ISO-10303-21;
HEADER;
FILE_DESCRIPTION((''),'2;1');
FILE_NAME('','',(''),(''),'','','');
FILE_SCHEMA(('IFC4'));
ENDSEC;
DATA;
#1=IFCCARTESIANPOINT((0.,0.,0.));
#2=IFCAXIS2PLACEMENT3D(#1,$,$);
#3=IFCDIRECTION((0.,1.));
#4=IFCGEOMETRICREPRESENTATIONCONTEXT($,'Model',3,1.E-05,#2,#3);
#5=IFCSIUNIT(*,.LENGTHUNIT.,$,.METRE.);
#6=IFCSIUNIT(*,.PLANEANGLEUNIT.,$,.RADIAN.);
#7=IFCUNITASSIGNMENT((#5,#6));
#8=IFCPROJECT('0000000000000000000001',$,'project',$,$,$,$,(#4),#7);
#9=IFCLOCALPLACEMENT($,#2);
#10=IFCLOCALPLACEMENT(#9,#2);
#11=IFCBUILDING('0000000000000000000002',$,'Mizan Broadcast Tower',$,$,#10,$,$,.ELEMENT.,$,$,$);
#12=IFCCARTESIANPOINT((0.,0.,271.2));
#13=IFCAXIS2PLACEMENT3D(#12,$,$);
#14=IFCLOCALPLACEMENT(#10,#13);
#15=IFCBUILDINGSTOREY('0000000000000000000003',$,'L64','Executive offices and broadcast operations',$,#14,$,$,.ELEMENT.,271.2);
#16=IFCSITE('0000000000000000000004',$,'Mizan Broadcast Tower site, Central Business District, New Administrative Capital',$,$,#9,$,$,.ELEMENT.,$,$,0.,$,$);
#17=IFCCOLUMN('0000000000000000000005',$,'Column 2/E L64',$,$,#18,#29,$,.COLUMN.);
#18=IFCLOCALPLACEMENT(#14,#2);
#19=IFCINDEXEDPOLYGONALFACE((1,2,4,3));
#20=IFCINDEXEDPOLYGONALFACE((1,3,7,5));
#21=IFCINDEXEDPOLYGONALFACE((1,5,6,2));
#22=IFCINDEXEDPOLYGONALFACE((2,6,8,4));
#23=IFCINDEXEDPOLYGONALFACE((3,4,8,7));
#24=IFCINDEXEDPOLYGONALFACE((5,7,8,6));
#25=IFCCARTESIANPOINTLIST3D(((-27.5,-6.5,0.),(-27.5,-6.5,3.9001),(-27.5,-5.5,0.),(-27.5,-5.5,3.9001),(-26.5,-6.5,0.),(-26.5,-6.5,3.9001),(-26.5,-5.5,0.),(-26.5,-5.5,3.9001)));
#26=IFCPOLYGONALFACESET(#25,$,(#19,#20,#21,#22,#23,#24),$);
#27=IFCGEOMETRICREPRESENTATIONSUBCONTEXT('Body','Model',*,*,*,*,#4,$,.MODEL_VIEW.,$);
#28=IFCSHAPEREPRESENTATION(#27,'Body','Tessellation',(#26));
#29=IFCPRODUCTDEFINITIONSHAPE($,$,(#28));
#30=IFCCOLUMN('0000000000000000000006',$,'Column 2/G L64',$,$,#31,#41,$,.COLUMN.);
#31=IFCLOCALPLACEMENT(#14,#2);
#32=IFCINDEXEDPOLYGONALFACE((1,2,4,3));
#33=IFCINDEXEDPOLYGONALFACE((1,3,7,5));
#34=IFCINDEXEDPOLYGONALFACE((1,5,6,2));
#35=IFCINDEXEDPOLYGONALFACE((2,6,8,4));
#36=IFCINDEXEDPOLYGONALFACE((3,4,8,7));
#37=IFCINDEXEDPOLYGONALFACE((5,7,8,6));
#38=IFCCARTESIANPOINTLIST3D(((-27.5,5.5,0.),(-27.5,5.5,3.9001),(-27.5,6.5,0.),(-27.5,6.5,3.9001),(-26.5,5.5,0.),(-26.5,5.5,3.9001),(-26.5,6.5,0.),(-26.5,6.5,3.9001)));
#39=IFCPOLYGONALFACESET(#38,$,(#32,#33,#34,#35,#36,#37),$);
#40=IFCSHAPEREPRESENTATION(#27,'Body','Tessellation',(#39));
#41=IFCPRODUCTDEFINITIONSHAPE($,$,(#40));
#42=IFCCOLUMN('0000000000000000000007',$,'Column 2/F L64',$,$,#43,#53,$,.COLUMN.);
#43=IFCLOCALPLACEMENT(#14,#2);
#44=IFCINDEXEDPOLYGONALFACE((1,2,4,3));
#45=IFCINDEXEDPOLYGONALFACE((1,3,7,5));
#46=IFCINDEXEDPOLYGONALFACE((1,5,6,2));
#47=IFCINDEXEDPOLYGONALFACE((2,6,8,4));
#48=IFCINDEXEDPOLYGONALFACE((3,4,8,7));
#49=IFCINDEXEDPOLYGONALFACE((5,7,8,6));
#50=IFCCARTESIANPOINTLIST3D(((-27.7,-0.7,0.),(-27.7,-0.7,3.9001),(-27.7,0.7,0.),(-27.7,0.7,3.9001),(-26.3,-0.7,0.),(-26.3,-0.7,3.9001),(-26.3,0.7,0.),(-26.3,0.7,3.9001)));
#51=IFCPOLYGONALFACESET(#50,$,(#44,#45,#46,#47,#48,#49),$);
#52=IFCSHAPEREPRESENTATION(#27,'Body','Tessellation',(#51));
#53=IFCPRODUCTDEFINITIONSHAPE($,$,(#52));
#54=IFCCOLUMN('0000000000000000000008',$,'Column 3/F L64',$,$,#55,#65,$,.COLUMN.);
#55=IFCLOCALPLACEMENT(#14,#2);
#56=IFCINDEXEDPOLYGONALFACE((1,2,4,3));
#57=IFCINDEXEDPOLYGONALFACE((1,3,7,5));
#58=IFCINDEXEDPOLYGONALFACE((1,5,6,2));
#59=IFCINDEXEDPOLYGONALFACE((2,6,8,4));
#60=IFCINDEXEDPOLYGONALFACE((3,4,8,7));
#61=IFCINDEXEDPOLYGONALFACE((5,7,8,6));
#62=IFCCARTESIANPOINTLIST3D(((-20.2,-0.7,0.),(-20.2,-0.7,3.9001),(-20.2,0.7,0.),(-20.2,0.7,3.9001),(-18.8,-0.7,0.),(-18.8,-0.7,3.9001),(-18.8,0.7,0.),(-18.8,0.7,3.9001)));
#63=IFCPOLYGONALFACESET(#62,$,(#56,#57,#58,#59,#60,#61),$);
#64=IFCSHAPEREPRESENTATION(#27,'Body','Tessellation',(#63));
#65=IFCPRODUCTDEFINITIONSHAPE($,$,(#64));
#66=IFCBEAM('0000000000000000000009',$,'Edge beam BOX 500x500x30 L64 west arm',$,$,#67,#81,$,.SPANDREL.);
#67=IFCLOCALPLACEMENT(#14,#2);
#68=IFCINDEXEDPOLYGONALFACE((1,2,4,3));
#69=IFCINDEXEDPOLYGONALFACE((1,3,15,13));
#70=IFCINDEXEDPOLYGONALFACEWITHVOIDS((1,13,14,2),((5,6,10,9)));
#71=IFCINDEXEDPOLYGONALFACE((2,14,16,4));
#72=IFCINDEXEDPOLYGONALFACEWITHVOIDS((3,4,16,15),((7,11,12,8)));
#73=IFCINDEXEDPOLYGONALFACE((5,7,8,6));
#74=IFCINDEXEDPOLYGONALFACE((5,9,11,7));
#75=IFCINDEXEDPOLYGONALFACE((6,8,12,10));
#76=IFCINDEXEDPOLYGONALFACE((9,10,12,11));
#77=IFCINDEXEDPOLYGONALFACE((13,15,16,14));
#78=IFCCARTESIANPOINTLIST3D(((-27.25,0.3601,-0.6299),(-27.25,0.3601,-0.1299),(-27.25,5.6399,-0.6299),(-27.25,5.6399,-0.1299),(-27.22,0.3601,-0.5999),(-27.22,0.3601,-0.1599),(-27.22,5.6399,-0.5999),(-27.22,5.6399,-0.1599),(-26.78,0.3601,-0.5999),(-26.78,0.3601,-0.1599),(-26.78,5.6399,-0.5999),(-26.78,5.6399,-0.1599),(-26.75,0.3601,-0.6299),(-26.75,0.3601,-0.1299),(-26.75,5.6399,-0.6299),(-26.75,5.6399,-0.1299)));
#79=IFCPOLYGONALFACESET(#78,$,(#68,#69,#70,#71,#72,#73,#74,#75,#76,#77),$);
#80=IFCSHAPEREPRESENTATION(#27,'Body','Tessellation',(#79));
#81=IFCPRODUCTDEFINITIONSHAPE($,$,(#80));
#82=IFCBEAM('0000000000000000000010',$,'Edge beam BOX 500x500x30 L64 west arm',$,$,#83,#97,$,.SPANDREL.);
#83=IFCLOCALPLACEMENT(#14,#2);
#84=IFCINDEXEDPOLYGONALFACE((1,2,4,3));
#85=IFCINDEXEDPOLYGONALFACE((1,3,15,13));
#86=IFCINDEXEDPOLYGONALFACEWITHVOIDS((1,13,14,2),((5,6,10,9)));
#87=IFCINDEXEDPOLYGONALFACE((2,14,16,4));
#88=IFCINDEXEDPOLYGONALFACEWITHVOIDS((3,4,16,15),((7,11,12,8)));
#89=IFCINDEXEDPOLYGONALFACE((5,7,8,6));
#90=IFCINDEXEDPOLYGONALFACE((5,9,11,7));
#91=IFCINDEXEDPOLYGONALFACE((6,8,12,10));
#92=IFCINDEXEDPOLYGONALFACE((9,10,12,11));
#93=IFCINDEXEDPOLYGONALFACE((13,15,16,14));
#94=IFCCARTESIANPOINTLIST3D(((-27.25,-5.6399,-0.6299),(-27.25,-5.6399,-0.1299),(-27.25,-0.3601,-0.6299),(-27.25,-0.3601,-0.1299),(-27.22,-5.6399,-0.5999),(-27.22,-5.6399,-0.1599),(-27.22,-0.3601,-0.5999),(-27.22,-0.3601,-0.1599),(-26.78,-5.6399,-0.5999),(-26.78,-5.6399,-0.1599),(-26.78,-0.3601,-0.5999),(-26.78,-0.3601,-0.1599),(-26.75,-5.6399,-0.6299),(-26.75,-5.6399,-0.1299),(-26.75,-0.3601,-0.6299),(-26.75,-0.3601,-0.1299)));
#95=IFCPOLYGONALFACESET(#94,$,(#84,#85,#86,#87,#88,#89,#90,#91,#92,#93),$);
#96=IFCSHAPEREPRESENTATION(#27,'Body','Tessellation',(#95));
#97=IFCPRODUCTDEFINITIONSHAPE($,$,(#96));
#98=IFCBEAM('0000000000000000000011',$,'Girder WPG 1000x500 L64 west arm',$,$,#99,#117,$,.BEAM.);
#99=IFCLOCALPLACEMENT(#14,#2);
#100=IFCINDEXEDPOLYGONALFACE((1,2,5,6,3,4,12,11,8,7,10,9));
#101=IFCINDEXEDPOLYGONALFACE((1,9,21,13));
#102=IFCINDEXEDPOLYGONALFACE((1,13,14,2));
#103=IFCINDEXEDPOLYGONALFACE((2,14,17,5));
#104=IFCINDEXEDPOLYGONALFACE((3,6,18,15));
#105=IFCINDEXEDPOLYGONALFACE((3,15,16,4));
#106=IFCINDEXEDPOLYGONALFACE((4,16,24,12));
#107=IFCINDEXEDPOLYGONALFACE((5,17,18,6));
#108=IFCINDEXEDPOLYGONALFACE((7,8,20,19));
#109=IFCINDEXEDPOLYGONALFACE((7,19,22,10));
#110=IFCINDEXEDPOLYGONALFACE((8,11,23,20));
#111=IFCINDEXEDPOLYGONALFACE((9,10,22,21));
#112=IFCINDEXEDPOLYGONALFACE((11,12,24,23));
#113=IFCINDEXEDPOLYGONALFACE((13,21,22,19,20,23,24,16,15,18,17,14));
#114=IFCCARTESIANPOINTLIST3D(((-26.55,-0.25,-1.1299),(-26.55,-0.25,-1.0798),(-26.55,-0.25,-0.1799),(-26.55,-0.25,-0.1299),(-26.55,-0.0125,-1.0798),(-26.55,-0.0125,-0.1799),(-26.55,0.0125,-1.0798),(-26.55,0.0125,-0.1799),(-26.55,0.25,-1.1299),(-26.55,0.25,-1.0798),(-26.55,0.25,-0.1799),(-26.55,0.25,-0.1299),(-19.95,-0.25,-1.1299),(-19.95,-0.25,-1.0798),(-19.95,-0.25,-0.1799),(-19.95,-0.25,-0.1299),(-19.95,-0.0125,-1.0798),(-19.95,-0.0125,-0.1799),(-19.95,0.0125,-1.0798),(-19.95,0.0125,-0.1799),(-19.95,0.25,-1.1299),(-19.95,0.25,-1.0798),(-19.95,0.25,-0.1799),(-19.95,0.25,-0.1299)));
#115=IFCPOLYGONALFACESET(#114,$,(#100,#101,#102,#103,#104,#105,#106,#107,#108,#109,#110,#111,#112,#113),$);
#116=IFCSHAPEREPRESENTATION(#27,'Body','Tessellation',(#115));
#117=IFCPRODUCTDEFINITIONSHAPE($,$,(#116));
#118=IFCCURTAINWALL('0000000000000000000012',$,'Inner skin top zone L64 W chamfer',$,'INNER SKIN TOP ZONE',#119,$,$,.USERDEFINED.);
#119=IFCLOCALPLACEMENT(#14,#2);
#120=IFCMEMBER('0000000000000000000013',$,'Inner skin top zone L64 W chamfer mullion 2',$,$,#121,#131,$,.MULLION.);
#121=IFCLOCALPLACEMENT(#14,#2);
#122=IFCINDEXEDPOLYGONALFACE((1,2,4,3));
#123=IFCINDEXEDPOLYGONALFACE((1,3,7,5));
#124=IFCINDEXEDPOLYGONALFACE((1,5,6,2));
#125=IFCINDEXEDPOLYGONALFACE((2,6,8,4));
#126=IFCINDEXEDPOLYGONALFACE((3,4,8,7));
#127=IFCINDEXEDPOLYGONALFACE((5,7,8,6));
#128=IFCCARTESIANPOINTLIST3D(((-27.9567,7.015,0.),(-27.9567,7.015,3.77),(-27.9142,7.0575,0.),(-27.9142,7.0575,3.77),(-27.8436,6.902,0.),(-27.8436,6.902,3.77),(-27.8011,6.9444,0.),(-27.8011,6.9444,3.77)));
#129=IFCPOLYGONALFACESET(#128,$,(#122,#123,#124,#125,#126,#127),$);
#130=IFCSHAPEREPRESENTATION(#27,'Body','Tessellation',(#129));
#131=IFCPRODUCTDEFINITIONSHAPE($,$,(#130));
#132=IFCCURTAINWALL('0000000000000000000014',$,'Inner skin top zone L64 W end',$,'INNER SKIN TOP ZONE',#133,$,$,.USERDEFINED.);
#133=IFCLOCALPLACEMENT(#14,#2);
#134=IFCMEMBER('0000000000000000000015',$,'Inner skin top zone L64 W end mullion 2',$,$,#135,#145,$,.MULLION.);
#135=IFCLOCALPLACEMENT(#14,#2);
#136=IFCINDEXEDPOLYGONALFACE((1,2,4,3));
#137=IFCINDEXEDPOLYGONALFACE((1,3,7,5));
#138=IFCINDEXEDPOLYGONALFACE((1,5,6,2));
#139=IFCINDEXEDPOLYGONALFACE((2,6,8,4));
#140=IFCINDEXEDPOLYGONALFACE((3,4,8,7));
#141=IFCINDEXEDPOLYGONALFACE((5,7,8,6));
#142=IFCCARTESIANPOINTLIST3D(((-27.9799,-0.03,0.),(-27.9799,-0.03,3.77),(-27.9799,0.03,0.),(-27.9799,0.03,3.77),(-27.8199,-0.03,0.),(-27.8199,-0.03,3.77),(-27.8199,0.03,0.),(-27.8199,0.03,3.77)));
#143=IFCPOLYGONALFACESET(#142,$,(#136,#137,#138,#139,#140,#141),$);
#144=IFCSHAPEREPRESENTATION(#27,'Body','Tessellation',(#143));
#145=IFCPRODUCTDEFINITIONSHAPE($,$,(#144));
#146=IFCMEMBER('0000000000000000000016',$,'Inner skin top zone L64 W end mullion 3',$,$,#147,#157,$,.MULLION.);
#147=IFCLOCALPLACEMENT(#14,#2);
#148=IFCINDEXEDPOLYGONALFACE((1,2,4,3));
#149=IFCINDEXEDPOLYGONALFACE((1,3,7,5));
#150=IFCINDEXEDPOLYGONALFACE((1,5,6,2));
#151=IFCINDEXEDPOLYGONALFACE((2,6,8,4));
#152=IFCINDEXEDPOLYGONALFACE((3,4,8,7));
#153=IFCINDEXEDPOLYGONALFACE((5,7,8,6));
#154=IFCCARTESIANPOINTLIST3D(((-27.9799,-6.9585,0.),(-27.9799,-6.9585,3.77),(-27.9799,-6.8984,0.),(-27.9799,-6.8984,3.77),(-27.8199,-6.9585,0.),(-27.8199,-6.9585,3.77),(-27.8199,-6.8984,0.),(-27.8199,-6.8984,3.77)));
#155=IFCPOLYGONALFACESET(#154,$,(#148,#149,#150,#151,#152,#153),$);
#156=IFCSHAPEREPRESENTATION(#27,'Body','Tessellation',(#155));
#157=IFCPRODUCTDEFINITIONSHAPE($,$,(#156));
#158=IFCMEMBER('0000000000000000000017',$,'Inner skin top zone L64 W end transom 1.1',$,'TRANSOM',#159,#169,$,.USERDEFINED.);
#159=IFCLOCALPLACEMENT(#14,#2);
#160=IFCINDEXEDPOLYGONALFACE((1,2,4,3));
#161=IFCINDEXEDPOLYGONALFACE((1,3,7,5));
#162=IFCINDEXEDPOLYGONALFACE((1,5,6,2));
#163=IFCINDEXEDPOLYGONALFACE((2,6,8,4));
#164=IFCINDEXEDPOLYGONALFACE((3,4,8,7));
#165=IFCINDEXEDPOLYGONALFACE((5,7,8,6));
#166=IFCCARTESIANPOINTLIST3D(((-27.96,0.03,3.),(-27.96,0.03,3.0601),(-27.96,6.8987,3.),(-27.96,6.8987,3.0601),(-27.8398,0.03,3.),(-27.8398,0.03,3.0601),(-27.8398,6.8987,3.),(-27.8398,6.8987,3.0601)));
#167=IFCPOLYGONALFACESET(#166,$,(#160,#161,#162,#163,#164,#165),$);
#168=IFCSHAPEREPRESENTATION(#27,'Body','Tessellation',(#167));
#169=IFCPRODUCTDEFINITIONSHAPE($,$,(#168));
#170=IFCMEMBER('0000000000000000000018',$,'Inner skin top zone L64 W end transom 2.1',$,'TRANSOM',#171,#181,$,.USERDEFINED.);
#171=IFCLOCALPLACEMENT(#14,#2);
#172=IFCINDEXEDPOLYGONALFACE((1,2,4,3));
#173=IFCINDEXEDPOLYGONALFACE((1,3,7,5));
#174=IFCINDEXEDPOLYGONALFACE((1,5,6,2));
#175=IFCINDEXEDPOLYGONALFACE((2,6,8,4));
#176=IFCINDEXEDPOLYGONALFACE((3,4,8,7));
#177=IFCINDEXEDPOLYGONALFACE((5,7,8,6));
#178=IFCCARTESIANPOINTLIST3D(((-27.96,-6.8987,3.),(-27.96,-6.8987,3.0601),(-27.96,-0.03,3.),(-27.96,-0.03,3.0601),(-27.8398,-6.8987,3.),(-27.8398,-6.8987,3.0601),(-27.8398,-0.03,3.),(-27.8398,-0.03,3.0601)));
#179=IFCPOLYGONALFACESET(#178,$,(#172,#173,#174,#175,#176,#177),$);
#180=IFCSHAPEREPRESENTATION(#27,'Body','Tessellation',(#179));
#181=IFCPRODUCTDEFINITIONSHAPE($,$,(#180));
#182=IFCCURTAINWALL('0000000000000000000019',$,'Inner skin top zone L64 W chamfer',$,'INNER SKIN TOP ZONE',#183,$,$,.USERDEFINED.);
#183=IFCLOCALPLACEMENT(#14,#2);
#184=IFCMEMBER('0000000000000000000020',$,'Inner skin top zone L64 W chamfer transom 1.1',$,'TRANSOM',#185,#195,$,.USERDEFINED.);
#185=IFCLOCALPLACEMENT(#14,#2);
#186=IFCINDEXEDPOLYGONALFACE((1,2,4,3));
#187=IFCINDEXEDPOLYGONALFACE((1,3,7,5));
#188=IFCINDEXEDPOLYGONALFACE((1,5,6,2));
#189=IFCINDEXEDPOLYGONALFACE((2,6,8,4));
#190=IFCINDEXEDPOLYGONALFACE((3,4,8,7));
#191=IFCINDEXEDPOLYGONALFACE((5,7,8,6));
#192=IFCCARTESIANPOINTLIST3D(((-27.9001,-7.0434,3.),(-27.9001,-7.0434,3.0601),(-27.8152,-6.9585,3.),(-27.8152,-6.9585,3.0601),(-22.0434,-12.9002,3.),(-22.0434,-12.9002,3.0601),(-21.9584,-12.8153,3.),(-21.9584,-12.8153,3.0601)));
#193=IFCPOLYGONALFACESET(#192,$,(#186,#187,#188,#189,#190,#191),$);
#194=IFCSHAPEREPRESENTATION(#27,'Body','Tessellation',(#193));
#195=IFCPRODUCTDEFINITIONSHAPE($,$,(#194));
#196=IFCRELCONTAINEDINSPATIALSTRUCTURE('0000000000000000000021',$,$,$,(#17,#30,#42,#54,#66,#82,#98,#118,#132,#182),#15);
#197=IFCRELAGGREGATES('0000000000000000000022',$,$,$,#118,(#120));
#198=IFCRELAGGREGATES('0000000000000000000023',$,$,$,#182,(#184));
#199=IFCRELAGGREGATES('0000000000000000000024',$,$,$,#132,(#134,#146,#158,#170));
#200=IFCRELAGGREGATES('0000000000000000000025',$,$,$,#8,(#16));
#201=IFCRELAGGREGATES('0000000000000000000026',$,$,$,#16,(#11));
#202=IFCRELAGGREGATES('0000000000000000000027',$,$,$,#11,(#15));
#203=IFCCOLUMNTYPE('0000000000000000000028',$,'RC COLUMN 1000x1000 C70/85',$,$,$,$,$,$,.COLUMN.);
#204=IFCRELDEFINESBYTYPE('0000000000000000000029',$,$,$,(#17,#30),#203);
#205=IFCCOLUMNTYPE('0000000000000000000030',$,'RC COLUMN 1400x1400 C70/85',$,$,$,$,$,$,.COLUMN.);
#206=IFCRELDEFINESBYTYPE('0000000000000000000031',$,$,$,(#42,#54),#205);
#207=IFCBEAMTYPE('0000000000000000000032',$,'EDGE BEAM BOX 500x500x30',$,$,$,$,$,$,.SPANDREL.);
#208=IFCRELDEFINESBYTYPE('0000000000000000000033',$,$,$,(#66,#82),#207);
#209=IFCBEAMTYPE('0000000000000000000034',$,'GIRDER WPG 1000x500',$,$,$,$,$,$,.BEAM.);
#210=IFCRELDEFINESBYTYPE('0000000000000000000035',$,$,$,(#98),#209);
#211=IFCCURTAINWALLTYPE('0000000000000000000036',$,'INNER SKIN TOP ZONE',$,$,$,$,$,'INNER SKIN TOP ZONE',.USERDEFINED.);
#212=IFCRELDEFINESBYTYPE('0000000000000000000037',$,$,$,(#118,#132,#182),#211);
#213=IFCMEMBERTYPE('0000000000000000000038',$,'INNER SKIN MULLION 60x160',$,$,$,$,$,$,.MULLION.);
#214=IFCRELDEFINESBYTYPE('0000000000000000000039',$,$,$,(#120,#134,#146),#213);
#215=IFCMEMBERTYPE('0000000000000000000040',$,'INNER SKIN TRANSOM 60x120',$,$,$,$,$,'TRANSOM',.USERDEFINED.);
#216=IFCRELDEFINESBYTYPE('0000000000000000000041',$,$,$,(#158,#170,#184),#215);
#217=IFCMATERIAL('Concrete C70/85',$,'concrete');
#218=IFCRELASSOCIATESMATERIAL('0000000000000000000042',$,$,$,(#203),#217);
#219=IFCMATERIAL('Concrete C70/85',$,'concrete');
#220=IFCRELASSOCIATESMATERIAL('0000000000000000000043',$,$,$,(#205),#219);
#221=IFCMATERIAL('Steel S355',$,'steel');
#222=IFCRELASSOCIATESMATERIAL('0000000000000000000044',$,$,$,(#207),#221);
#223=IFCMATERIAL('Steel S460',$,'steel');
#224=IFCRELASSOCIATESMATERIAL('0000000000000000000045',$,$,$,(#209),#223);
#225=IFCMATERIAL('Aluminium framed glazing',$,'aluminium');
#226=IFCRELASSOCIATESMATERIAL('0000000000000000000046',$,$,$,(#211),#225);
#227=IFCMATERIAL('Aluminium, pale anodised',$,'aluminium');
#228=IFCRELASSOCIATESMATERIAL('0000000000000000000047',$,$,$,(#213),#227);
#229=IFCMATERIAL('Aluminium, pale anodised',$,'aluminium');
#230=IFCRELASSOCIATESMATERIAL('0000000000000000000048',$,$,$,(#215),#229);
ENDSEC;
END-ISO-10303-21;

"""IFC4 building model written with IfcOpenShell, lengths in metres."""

from ifc_helpers import new_model, si_unit, direction, frame, origin, origin_2d, place, context, subcontext, project, spatial, rectangle, hollow_rectangle, i_section, extrude, material, material_profile, profile_set, type_object, element, aggregate, save


model = new_model("IFC4")

# Units and contexts
model_context = context("Model", 3, precision=1e-05, world=origin(), true_north=direction((0.0, 1.0)))
body_context = subcontext(model_context, "Body", "Model", "MODEL_VIEW")
ifc_project = project(units=[si_unit("LENGTHUNIT", "METRE"), si_unit("PLANEANGLEUNIT", "RADIAN")], contexts=[model_context])

# Site, building, storey
site_placement = place(None, origin())
site = spatial("IfcSite", under=ifc_project, at=site_placement, Name="Mizan Broadcast Tower site, Central Business District, New Administrative Capital", CompositionType="ELEMENT", RefElevation=0.0)
building_placement = place(site_placement, origin())
building = spatial("IfcBuilding", under=site, at=building_placement, Name="Mizan Broadcast Tower", CompositionType="ELEMENT")
storey_placement = place(building_placement, frame((0.0, 0.0, 271.2)))
storey = spatial("IfcBuildingStorey", under=building, at=storey_placement, Name="L64", Description="Executive offices and broadcast operations", CompositionType="ELEMENT", Elevation=271.2)

# Columns
ifc_material_1 = material(Name="Concrete C70/85", Category="concrete")
ifc_material_profile_1 = material_profile(ifc_material_1, rectangle(XDim=1.0, YDim=1.0, at=origin_2d()), Name="RC 1000x1000")
ifc_profile_set_1 = profile_set([ifc_material_profile_1], Name="Concrete C70/85")
column_type_1 = type_object("IfcColumnType", Name="RC COLUMN 1000x1000 C70/85", PredefinedType="COLUMN", material=ifc_profile_set_1)
for number, where, z_axis, x_axis, name in (
    (1, (-27.0, -6.0, 0.0), (0.0, 0.0, 1.0), (1.0, 0.0, 0.0), "Column 2/E L64"),
    (2, (-27.0, 6.0, 0.0), (0.0, 0.0, 1.0), (1.0, 0.0, 0.0), "Column 2/G L64"),
):
    element("IfcColumn", number, at=place(storey_placement, frame(where, z_axis=z_axis, x_axis=x_axis)), inside=storey, type_object=column_type_1, Name=name, PredefinedType="COLUMN", context=body_context, shape_type="SweptSolid", body=[
        extrude(rectangle(XDim=1.0, YDim=1.0, at=origin_2d()), origin(), (0.0, 0.0, 1.0), 3.9001),
    ])
ifc_material_2 = material(Name="Concrete C70/85", Category="concrete")
ifc_material_profile_2 = material_profile(ifc_material_2, rectangle(XDim=1.3999, YDim=1.3999, at=origin_2d()), Name="RC 1400x1400")
ifc_profile_set_2 = profile_set([ifc_material_profile_2], Name="Concrete C70/85")
column_type_2 = type_object("IfcColumnType", Name="RC COLUMN 1400x1400 C70/85", PredefinedType="COLUMN", material=ifc_profile_set_2)
for number, where, z_axis, x_axis, name in (
    (3, (-27.0, 0.0, 0.0), (0.0, 0.0, 1.0), (1.0, 0.0, 0.0), "Column 2/F L64"),
    (4, (-19.5, 0.0, 0.0), (0.0, 0.0, 1.0), (1.0, 0.0, 0.0), "Column 3/F L64"),
):
    element("IfcColumn", number, at=place(storey_placement, frame(where, z_axis=z_axis, x_axis=x_axis)), inside=storey, type_object=column_type_2, Name=name, PredefinedType="COLUMN", context=body_context, shape_type="SweptSolid", body=[
        extrude(rectangle(XDim=1.3999, YDim=1.3999, at=origin_2d()), origin(), (0.0, 0.0, 1.0), 3.9001),
    ])

# Beams
ifc_material_3 = material(Name="Steel S355", Category="steel")
ifc_material_profile_3 = material_profile(ifc_material_3, hollow_rectangle(XDim=0.5, YDim=0.5, WallThickness=0.03, at=origin_2d()), Name="BOX 500x500x30")
ifc_profile_set_3 = profile_set([ifc_material_profile_3], Name="Steel S355")
beam_type_1 = type_object("IfcBeamType", Name="EDGE BEAM BOX 500x500x30", PredefinedType="SPANDREL", material=ifc_profile_set_3)
for number, where, z_axis, x_axis, name in (
    (5, (-27.0, 5.6399, -0.3799), (0.0, -1.0, 0.0), (1.0, 0.0, 0.0), "Edge beam BOX 500x500x30 L64 west arm"),
    (6, (-27.0, -5.6399, -0.3799), (0.0, 1.0, 0.0), (-1.0, 0.0, 0.0), "Edge beam BOX 500x500x30 L64 west arm"),
):
    element("IfcBeam", number, at=place(storey_placement, frame(where, z_axis=z_axis, x_axis=x_axis)), inside=storey, type_object=beam_type_1, Name=name, PredefinedType="SPANDREL", context=body_context, shape_type="SweptSolid", body=[
        extrude(hollow_rectangle(XDim=0.5, YDim=0.5, WallThickness=0.03, at=origin_2d()), origin(), (0.0, 0.0, 1.0), 5.2798),
    ])
ifc_material_4 = material(Name="Steel S460", Category="steel")
ifc_material_profile_4 = material_profile(ifc_material_4, i_section(OverallWidth=0.5, OverallDepth=1.0, WebThickness=0.0249, FlangeThickness=0.05, at=origin_2d()), Name="WPG 1000x500")
ifc_profile_set_4 = profile_set([ifc_material_profile_4], Name="Steel S460")
beam_type_2 = type_object("IfcBeamType", Name="GIRDER WPG 1000x500", PredefinedType="BEAM", material=ifc_profile_set_4)
beam_placement = place(storey_placement, frame((-19.95, 0.0, -0.6299), z_axis=(-1.0, 0.0, 0.0), x_axis=(0.0, -1.0, 0.0)))
element("IfcBeam", 7, at=beam_placement, inside=storey, type_object=beam_type_2, Name="Girder WPG 1000x500 L64 west arm", PredefinedType="BEAM", context=body_context, shape_type="SweptSolid", body=[
    extrude(i_section(OverallWidth=0.5, OverallDepth=1.0, WebThickness=0.0249, FlangeThickness=0.05, at=origin_2d()), origin(), (0.0, 0.0, 1.0), 6.6001),
])

# Curtain wall, member
ifc_material_5 = material(Name="Aluminium framed glazing", Category="aluminium")
curtain_wall_type_1 = type_object("IfcCurtainWallType", Name="INNER SKIN TOP ZONE", ElementType="INNER SKIN TOP ZONE", PredefinedType="USERDEFINED", material=ifc_material_5)
curtain_wall_1_placement = place(storey_placement, origin())
curtain_wall_1 = element("IfcCurtainWall", 8, at=curtain_wall_1_placement, inside=storey, type_object=curtain_wall_type_1, Name="Inner skin top zone L64 W chamfer", ObjectType="INNER SKIN TOP ZONE", PredefinedType="USERDEFINED")
ifc_material_6 = material(Name="Aluminium, pale anodised", Category="aluminium")
ifc_material_profile_5 = material_profile(ifc_material_6, rectangle(XDim=0.1599, YDim=0.0601, at=origin_2d()), Name="MULLION 160x60")
ifc_profile_set_5 = profile_set([ifc_material_profile_5], Name="Aluminium, pale anodised")
member_type_1 = type_object("IfcMemberType", Name="INNER SKIN MULLION 60x160", PredefinedType="MULLION", material=ifc_profile_set_5)
member_1_placement = place(storey_placement, frame((-27.8789, 6.9797, 0.0), z_axis=(0.0, 0.0, 1.0), x_axis=(0.707107, -0.707107, 0.0)))
member_1 = element("IfcMember", 9, at=member_1_placement, type_object=member_type_1, Name="Inner skin top zone L64 W chamfer mullion 2", PredefinedType="MULLION", context=body_context, shape_type="SweptSolid", body=[
    extrude(rectangle(XDim=0.1599, YDim=0.0601, at=origin_2d()), origin(), (0.0, 0.0, 1.0), 3.77),
])
aggregate(curtain_wall_1, [member_1])

# Curtain wall, members
curtain_wall_2_placement = place(storey_placement, origin())
curtain_wall_2 = element("IfcCurtainWall", 10, at=curtain_wall_2_placement, inside=storey, type_object=curtain_wall_type_1, Name="Inner skin top zone L64 W end", ObjectType="INNER SKIN TOP ZONE", PredefinedType="USERDEFINED")
member_2_placement = place(storey_placement, frame((-27.8999, 0.0, 0.0), z_axis=(0.0, 0.0, 1.0), x_axis=(1.0, 0.0, 0.0)))
member_2 = element("IfcMember", 11, at=member_2_placement, type_object=member_type_1, Name="Inner skin top zone L64 W end mullion 2", PredefinedType="MULLION", context=body_context, shape_type="SweptSolid", body=[
    extrude(rectangle(XDim=0.1599, YDim=0.0601, at=origin_2d()), origin(), (0.0, 0.0, 1.0), 3.77),
])
member_3_placement = place(storey_placement, frame((-27.8999, -6.9285, 0.0), z_axis=(0.0, 0.0, 1.0), x_axis=(1.0, 0.0, 0.0)))
member_3 = element("IfcMember", 12, at=member_3_placement, type_object=member_type_1, Name="Inner skin top zone L64 W end mullion 3", PredefinedType="MULLION", context=body_context, shape_type="SweptSolid", body=[
    extrude(rectangle(XDim=0.1599, YDim=0.0601, at=origin_2d()), origin(), (0.0, 0.0, 1.0), 3.77),
])
ifc_material_7 = material(Name="Aluminium, pale anodised", Category="aluminium")
ifc_material_profile_6 = material_profile(ifc_material_7, rectangle(XDim=0.1201, YDim=0.0601, at=origin_2d()), Name="TRANSOM 120x60")
ifc_profile_set_6 = profile_set([ifc_material_profile_6], Name="Aluminium, pale anodised")
member_type_2 = type_object("IfcMemberType", Name="INNER SKIN TRANSOM 60x120", ElementType="TRANSOM", PredefinedType="USERDEFINED", material=ifc_profile_set_6)
member_4_placement = place(storey_placement, frame((-27.8999, 6.8987, 3.03), z_axis=(0.0, -1.0, 0.0), x_axis=(1.0, 0.0, 0.0)))
member_4 = element("IfcMember", 13, at=member_4_placement, type_object=member_type_2, Name="Inner skin top zone L64 W end transom 1.1", ObjectType="TRANSOM", PredefinedType="USERDEFINED", context=body_context, shape_type="SweptSolid", body=[
    extrude(rectangle(XDim=0.1201, YDim=0.0601, at=origin_2d()), origin(), (0.0, 0.0, 1.0), 6.8687),
])
member_5_placement = place(storey_placement, frame((-27.8999, -0.03, 3.03), z_axis=(0.0, -1.0, 0.0), x_axis=(1.0, 0.0, 0.0)))
member_5 = element("IfcMember", 14, at=member_5_placement, type_object=member_type_2, Name="Inner skin top zone L64 W end transom 2.1", ObjectType="TRANSOM", PredefinedType="USERDEFINED", context=body_context, shape_type="SweptSolid", body=[
    extrude(rectangle(XDim=0.1201, YDim=0.0601, at=origin_2d()), origin(), (0.0, 0.0, 1.0), 6.8687),
])

# Curtain wall, member
curtain_wall_3_placement = place(storey_placement, origin())
curtain_wall_3 = element("IfcCurtainWall", 15, at=curtain_wall_3_placement, inside=storey, type_object=curtain_wall_type_1, Name="Inner skin top zone L64 W chamfer", ObjectType="INNER SKIN TOP ZONE", PredefinedType="USERDEFINED")
member_6_placement = place(storey_placement, frame((-27.8577, -7.001, 3.03), z_axis=(0.707107, -0.707107, 0.0), x_axis=(0.707107, 0.707107, 0.0)))
member_6 = element("IfcMember", 16, at=member_6_placement, type_object=member_type_2, Name="Inner skin top zone L64 W chamfer transom 1.1", ObjectType="TRANSOM", PredefinedType="USERDEFINED", context=body_context, shape_type="SweptSolid", body=[
    extrude(rectangle(XDim=0.1201, YDim=0.0601, at=origin_2d()), origin(), (0.0, 0.0, 1.0), 8.2827),
])
aggregate(curtain_wall_3, [member_6])

aggregate(curtain_wall_2, [member_2, member_3, member_4, member_5])

save(model, "model.ifc")
